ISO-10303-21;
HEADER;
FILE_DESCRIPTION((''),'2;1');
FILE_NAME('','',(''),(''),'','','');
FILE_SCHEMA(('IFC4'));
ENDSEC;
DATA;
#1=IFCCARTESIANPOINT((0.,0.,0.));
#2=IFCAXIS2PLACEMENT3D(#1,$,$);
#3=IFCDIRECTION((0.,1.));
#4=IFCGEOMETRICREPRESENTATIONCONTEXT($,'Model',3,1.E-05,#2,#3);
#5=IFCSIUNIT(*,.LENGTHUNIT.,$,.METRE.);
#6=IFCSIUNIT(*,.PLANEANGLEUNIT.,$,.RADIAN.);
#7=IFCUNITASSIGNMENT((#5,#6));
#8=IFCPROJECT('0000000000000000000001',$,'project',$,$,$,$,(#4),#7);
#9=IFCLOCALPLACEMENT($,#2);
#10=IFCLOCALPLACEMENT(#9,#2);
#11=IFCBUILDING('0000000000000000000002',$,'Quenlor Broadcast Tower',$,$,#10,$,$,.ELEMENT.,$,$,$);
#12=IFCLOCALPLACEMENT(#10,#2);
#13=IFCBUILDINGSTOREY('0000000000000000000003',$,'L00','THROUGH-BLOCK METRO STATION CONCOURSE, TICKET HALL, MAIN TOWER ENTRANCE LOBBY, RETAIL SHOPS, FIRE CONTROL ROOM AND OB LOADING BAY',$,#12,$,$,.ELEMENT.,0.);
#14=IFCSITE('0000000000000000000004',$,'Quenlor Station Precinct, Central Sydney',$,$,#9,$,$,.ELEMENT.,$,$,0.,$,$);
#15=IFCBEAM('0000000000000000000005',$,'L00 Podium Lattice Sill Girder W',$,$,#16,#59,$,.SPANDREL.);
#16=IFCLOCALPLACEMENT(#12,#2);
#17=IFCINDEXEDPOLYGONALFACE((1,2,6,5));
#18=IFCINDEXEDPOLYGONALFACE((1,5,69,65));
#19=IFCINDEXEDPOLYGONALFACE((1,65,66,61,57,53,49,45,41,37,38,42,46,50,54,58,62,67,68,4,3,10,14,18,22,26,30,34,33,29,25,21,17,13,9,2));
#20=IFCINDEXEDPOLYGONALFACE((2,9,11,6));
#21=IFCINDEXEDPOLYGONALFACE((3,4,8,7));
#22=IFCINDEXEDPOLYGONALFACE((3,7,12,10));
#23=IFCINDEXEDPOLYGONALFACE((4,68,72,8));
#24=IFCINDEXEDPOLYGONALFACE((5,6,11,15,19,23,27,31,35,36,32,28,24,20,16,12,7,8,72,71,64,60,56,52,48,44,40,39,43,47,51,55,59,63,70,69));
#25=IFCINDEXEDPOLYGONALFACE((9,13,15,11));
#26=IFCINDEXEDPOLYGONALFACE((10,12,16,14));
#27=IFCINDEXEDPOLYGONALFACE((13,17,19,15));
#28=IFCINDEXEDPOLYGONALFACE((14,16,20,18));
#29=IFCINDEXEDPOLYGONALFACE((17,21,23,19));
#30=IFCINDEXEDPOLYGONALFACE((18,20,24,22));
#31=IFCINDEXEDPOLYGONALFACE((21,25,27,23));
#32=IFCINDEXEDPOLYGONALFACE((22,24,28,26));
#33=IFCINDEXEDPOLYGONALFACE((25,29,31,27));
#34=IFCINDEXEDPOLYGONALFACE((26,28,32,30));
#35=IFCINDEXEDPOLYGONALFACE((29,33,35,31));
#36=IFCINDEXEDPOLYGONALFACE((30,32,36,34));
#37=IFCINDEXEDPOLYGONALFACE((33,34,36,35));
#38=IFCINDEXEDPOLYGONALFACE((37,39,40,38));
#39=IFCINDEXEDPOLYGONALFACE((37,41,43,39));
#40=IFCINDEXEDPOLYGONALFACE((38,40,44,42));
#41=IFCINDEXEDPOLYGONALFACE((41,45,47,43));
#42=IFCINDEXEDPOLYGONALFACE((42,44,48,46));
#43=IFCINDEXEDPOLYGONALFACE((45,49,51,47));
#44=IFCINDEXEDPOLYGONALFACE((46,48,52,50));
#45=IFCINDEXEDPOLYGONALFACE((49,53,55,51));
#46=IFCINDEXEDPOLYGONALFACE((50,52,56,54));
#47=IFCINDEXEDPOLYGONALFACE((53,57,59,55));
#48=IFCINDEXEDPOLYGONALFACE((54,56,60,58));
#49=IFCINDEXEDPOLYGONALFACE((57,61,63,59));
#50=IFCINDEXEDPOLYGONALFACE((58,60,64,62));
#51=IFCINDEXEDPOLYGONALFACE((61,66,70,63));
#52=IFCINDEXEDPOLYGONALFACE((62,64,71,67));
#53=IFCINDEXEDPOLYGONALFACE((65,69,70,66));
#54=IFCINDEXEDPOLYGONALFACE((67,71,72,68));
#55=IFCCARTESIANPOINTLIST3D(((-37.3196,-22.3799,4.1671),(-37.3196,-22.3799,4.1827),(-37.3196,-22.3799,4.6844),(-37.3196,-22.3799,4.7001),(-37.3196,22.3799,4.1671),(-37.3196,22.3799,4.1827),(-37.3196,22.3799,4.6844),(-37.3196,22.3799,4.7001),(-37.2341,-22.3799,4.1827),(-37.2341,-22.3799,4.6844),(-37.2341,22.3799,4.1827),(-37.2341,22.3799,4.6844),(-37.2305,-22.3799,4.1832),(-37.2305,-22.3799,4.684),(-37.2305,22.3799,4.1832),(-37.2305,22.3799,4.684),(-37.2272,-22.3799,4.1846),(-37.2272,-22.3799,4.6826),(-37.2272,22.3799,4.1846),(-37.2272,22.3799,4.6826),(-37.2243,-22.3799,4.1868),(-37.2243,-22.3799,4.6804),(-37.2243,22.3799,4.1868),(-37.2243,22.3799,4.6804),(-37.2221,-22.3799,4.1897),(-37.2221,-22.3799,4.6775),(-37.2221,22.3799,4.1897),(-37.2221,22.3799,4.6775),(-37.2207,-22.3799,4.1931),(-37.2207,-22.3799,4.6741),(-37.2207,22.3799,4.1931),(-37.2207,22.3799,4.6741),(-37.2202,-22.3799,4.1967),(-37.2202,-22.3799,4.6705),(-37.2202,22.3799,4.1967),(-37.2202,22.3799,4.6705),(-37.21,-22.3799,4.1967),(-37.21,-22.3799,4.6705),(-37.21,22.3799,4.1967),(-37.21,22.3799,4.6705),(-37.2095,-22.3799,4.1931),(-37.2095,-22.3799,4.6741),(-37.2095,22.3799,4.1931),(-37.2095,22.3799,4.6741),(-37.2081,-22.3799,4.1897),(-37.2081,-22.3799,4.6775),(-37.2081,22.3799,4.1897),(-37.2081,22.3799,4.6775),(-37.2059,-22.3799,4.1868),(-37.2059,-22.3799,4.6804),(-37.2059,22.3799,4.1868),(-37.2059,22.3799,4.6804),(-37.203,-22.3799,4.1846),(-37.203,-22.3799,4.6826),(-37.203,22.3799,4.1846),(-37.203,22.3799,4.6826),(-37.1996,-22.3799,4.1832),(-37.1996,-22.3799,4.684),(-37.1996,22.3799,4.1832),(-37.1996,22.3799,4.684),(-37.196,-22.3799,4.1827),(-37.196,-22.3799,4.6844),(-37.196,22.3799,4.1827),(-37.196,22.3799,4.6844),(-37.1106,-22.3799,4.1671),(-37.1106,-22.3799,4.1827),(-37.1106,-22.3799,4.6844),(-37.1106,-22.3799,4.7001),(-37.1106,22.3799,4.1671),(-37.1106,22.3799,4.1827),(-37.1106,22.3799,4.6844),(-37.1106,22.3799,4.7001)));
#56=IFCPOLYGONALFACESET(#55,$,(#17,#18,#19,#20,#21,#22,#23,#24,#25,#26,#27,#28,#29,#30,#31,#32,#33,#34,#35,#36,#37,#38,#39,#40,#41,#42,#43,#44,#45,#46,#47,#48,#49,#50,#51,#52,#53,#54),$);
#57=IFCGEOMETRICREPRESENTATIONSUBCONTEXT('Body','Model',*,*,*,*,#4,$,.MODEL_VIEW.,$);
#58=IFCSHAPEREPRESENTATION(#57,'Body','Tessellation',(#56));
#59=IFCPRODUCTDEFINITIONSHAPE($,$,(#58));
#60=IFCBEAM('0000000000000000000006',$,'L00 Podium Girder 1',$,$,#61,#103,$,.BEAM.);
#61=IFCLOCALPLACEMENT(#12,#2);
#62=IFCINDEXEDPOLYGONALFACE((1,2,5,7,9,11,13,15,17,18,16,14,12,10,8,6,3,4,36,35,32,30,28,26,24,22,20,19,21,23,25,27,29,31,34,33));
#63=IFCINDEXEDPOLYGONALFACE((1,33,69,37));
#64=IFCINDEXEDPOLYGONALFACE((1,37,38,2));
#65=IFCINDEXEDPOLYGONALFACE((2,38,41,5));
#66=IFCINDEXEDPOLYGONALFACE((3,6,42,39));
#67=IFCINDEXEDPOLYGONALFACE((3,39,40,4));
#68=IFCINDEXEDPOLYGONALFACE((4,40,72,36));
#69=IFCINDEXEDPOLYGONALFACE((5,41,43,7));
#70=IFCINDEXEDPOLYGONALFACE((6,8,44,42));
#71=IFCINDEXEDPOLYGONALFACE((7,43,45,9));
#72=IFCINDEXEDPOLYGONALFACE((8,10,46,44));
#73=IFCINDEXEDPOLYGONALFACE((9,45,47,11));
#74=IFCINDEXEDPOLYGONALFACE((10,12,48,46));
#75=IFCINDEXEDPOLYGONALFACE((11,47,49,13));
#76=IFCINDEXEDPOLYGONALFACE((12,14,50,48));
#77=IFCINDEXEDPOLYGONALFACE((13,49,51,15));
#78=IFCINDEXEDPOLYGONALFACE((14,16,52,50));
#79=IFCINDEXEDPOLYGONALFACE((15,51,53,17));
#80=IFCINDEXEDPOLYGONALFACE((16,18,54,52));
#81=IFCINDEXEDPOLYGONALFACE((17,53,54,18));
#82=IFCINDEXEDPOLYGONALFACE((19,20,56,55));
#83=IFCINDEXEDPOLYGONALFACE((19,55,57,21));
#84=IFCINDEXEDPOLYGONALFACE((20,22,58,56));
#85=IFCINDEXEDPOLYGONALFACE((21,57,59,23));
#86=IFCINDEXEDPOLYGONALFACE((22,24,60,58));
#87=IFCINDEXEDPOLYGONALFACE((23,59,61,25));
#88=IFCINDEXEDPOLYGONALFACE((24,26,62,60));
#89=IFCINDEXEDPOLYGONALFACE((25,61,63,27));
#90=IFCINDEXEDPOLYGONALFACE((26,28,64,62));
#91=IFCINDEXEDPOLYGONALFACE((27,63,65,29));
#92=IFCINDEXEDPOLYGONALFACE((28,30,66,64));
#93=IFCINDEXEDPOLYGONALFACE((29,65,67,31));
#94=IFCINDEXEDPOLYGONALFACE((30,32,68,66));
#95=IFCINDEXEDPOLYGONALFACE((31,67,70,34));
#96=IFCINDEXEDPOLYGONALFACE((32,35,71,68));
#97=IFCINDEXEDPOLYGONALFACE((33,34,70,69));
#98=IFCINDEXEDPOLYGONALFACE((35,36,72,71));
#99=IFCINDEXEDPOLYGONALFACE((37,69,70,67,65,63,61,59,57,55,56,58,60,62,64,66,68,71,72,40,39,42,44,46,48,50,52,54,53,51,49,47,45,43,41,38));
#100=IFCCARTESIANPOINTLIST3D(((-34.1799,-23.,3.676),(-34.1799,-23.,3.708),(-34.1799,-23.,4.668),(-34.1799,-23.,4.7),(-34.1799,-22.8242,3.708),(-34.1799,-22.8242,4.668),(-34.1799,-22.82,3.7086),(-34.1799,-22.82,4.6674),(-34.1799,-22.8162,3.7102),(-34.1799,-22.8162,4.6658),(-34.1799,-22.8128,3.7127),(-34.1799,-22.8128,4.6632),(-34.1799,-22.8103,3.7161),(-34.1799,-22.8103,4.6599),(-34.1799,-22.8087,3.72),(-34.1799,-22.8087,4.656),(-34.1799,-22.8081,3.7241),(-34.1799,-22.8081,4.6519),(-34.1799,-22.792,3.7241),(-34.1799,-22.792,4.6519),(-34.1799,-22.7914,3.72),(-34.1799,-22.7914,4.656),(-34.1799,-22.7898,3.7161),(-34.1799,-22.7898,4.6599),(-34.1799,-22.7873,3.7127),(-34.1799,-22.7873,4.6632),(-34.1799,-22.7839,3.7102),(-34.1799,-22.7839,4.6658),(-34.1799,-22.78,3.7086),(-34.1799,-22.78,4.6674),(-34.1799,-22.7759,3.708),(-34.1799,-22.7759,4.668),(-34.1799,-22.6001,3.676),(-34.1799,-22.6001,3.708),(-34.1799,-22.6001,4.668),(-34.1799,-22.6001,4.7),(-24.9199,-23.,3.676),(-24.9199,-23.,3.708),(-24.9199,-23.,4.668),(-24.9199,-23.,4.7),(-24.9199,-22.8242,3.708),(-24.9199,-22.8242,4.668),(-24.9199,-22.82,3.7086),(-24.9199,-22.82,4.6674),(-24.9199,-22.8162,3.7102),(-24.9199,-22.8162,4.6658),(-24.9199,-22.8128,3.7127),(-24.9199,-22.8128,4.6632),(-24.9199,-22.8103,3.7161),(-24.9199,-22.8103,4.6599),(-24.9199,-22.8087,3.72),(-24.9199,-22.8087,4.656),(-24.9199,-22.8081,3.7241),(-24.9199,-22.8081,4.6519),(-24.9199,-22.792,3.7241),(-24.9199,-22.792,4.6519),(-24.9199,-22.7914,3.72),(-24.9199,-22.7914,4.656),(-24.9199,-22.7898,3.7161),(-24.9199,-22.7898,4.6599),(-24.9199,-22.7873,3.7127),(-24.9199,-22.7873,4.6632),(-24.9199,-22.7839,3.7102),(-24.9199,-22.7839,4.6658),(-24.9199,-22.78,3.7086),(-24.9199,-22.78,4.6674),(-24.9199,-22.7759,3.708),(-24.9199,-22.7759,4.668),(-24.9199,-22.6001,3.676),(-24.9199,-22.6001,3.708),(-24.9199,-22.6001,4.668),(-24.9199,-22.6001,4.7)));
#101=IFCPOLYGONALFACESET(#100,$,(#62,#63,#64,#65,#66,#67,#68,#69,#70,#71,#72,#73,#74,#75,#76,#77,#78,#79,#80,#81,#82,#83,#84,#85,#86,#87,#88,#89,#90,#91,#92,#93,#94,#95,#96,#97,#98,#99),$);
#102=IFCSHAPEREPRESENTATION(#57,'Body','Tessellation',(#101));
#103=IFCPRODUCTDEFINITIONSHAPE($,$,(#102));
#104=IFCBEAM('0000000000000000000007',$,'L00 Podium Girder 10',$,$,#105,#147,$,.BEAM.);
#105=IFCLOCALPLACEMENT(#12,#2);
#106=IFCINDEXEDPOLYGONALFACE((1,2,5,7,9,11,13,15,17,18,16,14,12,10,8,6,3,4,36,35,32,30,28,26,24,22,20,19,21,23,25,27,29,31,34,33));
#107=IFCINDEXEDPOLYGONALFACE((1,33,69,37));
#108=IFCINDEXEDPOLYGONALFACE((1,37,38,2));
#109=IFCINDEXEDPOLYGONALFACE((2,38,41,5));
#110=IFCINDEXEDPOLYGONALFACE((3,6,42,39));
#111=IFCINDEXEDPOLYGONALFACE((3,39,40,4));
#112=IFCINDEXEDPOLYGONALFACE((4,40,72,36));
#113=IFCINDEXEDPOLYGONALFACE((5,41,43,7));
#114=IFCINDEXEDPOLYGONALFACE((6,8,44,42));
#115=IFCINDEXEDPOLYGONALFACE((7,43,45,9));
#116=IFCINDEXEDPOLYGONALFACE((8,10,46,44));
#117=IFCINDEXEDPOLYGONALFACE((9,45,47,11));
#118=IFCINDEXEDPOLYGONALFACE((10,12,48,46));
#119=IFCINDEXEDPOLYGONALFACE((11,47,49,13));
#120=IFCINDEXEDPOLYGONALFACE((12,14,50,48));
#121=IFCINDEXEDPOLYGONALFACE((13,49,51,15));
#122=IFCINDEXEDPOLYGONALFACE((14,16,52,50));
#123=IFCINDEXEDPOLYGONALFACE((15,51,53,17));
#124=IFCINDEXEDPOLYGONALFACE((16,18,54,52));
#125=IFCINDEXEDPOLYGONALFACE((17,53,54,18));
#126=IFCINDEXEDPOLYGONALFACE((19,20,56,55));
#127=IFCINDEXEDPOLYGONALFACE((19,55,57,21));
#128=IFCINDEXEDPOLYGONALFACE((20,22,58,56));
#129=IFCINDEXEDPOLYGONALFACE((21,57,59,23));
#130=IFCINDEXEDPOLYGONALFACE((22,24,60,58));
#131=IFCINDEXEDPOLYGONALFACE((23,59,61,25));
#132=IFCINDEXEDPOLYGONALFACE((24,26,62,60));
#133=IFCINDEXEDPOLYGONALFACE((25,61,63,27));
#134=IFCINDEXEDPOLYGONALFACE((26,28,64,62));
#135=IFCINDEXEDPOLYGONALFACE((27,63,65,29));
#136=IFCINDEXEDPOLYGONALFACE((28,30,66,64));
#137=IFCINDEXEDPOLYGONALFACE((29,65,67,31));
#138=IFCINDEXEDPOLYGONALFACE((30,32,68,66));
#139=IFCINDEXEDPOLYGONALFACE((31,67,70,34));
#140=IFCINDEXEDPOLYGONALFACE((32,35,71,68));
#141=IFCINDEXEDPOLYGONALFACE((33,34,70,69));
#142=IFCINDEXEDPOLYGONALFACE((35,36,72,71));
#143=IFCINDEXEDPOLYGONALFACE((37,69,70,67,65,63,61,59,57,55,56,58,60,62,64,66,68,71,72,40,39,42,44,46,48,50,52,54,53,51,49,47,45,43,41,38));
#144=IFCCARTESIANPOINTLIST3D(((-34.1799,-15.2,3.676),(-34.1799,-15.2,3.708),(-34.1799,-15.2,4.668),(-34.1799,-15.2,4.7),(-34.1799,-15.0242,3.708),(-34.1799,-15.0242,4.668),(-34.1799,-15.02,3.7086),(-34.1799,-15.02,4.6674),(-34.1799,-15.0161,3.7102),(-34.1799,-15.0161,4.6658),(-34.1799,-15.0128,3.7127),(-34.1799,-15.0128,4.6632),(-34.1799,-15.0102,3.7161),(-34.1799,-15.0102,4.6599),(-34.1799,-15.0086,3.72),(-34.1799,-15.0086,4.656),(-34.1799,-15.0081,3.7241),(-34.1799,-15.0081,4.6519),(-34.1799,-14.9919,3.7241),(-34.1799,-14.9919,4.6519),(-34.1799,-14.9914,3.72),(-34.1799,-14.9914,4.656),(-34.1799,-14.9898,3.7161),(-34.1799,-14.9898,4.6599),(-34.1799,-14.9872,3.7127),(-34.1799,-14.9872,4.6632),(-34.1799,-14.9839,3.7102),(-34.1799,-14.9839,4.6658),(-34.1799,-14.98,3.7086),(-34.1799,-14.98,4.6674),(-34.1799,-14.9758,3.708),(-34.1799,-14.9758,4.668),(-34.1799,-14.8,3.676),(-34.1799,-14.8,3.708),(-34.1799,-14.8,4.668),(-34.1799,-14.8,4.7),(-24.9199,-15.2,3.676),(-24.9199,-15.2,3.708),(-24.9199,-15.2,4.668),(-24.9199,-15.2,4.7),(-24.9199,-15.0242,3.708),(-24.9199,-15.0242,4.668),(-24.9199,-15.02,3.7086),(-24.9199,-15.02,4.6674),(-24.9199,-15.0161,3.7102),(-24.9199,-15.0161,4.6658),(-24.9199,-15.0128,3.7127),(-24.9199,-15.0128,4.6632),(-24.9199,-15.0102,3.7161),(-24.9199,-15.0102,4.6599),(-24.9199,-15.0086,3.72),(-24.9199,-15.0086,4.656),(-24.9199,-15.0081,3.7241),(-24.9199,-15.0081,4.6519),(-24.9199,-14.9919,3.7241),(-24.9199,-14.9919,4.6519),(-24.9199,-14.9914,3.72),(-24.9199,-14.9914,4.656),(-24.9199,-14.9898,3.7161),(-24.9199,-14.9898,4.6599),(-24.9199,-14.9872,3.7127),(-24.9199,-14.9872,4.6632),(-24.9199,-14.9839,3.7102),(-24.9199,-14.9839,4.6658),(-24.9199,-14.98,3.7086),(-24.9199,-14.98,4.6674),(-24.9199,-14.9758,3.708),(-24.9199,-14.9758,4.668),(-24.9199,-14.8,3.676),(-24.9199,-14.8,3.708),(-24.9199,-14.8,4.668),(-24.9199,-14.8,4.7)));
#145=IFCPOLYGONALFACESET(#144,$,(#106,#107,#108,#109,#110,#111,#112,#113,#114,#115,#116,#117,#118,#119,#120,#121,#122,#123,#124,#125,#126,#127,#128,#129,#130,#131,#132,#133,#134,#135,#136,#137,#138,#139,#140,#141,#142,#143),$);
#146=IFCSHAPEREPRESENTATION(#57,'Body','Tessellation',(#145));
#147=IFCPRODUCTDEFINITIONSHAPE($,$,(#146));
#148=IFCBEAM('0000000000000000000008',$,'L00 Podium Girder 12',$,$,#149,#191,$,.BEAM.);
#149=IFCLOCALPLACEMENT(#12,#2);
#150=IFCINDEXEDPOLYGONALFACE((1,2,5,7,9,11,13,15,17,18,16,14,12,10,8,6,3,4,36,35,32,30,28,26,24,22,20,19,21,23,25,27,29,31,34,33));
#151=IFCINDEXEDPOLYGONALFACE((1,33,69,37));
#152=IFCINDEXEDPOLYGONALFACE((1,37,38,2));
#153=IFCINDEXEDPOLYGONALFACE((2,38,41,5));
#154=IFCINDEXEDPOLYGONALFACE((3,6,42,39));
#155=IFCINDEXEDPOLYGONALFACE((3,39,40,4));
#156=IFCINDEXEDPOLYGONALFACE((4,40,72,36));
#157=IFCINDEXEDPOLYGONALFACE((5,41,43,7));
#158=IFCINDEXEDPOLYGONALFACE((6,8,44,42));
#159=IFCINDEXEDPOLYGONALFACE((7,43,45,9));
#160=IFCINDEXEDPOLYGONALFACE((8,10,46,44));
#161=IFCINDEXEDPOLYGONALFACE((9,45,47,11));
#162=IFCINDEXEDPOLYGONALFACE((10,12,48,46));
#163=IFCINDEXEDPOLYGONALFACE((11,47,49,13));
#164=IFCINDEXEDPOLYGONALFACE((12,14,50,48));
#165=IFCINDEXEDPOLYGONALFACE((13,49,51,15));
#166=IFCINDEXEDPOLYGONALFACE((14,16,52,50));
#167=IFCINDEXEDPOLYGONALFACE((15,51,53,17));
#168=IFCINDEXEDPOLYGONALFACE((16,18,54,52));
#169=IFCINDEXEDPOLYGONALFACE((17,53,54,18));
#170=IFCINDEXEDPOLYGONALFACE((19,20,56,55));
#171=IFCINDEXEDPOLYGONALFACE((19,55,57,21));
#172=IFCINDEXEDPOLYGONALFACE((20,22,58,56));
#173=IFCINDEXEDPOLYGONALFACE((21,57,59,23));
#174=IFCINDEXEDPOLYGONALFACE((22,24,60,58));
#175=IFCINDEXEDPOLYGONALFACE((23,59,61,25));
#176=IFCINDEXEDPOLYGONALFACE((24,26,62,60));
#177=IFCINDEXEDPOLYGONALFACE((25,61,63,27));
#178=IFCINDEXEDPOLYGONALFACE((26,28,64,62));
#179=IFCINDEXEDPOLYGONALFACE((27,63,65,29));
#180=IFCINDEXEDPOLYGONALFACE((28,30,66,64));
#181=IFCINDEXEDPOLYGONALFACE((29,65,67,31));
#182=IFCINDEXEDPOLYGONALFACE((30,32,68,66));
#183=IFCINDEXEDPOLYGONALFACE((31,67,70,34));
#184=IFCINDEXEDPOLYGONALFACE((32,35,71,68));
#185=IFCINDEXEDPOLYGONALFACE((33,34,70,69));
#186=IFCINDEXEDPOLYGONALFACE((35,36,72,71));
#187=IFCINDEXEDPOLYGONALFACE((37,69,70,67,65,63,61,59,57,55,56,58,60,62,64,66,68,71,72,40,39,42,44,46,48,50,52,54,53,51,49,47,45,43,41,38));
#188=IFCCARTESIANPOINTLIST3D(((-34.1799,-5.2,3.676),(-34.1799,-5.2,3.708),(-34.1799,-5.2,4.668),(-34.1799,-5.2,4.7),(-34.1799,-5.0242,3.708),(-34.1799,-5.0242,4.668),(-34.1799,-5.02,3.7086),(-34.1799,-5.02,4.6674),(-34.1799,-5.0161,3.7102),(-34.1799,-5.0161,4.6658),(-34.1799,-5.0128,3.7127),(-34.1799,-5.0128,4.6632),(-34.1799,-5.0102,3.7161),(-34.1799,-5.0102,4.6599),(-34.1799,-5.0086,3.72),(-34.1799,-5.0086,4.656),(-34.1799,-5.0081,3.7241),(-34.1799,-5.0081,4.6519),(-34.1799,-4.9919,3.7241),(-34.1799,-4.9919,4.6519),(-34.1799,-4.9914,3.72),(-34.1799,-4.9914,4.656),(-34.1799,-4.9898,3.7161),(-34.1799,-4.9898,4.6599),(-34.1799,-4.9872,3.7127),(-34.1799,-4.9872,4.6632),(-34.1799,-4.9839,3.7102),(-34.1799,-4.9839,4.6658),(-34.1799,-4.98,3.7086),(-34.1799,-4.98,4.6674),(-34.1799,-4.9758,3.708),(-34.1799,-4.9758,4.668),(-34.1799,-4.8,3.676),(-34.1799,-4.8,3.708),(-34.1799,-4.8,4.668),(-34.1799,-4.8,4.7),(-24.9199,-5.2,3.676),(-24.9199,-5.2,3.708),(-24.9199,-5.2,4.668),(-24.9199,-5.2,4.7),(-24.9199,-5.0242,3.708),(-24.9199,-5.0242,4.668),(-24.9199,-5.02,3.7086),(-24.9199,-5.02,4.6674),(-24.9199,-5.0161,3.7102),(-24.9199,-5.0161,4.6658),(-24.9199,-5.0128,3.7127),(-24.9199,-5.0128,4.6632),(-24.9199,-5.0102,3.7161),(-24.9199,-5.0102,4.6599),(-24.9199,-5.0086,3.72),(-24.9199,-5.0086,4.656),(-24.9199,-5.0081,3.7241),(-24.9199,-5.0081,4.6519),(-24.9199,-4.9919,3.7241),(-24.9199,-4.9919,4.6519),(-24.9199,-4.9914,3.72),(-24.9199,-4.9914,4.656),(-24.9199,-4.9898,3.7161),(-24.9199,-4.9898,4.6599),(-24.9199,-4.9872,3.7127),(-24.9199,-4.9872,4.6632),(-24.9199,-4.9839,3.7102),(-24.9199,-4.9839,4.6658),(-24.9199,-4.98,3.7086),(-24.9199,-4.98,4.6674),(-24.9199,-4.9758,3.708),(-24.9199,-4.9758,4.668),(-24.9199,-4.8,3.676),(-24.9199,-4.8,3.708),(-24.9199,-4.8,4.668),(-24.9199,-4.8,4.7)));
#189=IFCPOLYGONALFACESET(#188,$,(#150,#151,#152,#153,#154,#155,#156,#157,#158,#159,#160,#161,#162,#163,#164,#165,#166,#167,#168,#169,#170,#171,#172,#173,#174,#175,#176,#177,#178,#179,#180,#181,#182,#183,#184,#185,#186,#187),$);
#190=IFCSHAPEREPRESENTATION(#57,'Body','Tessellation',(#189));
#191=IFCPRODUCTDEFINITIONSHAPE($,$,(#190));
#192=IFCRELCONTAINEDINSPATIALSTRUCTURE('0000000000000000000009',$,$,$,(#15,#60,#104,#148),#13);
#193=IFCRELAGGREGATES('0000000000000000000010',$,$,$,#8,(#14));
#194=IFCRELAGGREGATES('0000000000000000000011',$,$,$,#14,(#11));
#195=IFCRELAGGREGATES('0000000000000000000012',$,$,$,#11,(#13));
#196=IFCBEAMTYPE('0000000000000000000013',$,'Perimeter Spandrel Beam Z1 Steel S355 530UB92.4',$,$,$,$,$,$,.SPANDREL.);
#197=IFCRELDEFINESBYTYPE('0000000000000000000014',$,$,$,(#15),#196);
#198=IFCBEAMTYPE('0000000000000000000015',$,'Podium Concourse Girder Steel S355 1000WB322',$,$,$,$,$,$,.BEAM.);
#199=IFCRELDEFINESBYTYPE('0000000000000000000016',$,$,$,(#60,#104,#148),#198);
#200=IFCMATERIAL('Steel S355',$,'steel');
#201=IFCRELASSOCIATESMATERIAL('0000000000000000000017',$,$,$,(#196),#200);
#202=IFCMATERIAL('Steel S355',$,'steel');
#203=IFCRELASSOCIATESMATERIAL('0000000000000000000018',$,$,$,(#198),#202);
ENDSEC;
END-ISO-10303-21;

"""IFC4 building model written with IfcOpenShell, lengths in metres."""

from ifc_helpers import new_model, si_unit, direction, frame, origin, origin_2d, place, context, subcontext, project, spatial, i_section, extrude, material, material_profile, profile_set, type_object, element, save


model = new_model("IFC4")

# Units and contexts
model_context = context("Model", 3, precision=1e-05, world=origin(), true_north=direction((0.0, 1.0)))
body_context = subcontext(model_context, "Body", "Model", "MODEL_VIEW")
ifc_project = project(units=[si_unit("LENGTHUNIT", "METRE"), si_unit("PLANEANGLEUNIT", "RADIAN")], contexts=[model_context])

# Site, building, storey
site_placement = place(None, origin())
site = spatial("IfcSite", under=ifc_project, at=site_placement, Name="Quenlor Station Precinct, Central Sydney", CompositionType="ELEMENT", RefElevation=0.0)
building_placement = place(site_placement, origin())
building = spatial("IfcBuilding", under=site, at=building_placement, Name="Quenlor Broadcast Tower", CompositionType="ELEMENT")
storey_placement = place(building_placement, origin())
storey = spatial("IfcBuildingStorey", under=building, at=storey_placement, Name="L00", Description="THROUGH-BLOCK METRO STATION CONCOURSE, TICKET HALL, MAIN TOWER ENTRANCE LOBBY, RETAIL SHOPS, FIRE CONTROL ROOM AND OB LOADING BAY", CompositionType="ELEMENT", Elevation=0.0)

# Beams
ifc_material_1 = material(Name="Steel S355", Category="steel")
ifc_material_profile_1 = material_profile(ifc_material_1, i_section(OverallWidth=0.209, OverallDepth=0.533, WebThickness=0.0103, FlangeThickness=0.0156, FilletRadius=0.0139, at=origin_2d()))
ifc_profile_set_1 = profile_set([ifc_material_profile_1], Name="Steel S355 530UB92.4")
beam_type_1 = type_object("IfcBeamType", Name="Perimeter Spandrel Beam Z1 Steel S355 530UB92.4", PredefinedType="SPANDREL", material=ifc_profile_set_1)
beam_1_placement = place(storey_placement, frame((-37.2151, -22.3799, 4.4336), z_axis=(0.0, 1.0, 0.0), x_axis=(-1.0, 0.0, 0.0)))
element("IfcBeam", 1, at=beam_1_placement, inside=storey, type_object=beam_type_1, Name="L00 Podium Lattice Sill Girder W", PredefinedType="SPANDREL", context=body_context, shape_type="SweptSolid", body=[
    extrude(i_section(OverallWidth=0.209, OverallDepth=0.533, WebThickness=0.0103, FlangeThickness=0.0156, FilletRadius=0.0139, at=origin_2d()), origin(), (0.0, 0.0, 1.0), 44.7598),
])
ifc_material_2 = material(Name="Steel S355", Category="steel")
ifc_material_profile_2 = material_profile(ifc_material_2, i_section(OverallWidth=0.3999, OverallDepth=1.0239, WebThickness=0.0161, FlangeThickness=0.032, FilletRadius=0.0161, at=origin_2d()))
ifc_profile_set_2 = profile_set([ifc_material_profile_2], Name="Steel S355 1000WB322")
beam_type_2 = type_object("IfcBeamType", Name="Podium Concourse Girder Steel S355 1000WB322", PredefinedType="BEAM", material=ifc_profile_set_2)
for number, where, z_axis, x_axis, name in (
    (2, (-34.1799, -22.8, 4.188), (1.0, 0.0, 0.0), (0.0, 1.0, 0.0), "L00 Podium Girder 1"),
    (3, (-34.1799, -15.0, 4.188), (1.0, 0.0, 0.0), (0.0, 1.0, 0.0), "L00 Podium Girder 10"),
    (4, (-34.1799, -5.0, 4.188), (1.0, 0.0, 0.0), (0.0, 1.0, 0.0), "L00 Podium Girder 12"),
):
    element("IfcBeam", number, at=place(storey_placement, frame(where, z_axis=z_axis, x_axis=x_axis)), inside=storey, type_object=beam_type_2, Name=name, PredefinedType="BEAM", context=body_context, shape_type="SweptSolid", body=[
        extrude(i_section(OverallWidth=0.3999, OverallDepth=1.0239, WebThickness=0.0161, FlangeThickness=0.032, FilletRadius=0.0161, at=origin_2d()), origin(), (0.0, 0.0, 1.0), 9.26),
    ])

save(model, "model.ifc")
